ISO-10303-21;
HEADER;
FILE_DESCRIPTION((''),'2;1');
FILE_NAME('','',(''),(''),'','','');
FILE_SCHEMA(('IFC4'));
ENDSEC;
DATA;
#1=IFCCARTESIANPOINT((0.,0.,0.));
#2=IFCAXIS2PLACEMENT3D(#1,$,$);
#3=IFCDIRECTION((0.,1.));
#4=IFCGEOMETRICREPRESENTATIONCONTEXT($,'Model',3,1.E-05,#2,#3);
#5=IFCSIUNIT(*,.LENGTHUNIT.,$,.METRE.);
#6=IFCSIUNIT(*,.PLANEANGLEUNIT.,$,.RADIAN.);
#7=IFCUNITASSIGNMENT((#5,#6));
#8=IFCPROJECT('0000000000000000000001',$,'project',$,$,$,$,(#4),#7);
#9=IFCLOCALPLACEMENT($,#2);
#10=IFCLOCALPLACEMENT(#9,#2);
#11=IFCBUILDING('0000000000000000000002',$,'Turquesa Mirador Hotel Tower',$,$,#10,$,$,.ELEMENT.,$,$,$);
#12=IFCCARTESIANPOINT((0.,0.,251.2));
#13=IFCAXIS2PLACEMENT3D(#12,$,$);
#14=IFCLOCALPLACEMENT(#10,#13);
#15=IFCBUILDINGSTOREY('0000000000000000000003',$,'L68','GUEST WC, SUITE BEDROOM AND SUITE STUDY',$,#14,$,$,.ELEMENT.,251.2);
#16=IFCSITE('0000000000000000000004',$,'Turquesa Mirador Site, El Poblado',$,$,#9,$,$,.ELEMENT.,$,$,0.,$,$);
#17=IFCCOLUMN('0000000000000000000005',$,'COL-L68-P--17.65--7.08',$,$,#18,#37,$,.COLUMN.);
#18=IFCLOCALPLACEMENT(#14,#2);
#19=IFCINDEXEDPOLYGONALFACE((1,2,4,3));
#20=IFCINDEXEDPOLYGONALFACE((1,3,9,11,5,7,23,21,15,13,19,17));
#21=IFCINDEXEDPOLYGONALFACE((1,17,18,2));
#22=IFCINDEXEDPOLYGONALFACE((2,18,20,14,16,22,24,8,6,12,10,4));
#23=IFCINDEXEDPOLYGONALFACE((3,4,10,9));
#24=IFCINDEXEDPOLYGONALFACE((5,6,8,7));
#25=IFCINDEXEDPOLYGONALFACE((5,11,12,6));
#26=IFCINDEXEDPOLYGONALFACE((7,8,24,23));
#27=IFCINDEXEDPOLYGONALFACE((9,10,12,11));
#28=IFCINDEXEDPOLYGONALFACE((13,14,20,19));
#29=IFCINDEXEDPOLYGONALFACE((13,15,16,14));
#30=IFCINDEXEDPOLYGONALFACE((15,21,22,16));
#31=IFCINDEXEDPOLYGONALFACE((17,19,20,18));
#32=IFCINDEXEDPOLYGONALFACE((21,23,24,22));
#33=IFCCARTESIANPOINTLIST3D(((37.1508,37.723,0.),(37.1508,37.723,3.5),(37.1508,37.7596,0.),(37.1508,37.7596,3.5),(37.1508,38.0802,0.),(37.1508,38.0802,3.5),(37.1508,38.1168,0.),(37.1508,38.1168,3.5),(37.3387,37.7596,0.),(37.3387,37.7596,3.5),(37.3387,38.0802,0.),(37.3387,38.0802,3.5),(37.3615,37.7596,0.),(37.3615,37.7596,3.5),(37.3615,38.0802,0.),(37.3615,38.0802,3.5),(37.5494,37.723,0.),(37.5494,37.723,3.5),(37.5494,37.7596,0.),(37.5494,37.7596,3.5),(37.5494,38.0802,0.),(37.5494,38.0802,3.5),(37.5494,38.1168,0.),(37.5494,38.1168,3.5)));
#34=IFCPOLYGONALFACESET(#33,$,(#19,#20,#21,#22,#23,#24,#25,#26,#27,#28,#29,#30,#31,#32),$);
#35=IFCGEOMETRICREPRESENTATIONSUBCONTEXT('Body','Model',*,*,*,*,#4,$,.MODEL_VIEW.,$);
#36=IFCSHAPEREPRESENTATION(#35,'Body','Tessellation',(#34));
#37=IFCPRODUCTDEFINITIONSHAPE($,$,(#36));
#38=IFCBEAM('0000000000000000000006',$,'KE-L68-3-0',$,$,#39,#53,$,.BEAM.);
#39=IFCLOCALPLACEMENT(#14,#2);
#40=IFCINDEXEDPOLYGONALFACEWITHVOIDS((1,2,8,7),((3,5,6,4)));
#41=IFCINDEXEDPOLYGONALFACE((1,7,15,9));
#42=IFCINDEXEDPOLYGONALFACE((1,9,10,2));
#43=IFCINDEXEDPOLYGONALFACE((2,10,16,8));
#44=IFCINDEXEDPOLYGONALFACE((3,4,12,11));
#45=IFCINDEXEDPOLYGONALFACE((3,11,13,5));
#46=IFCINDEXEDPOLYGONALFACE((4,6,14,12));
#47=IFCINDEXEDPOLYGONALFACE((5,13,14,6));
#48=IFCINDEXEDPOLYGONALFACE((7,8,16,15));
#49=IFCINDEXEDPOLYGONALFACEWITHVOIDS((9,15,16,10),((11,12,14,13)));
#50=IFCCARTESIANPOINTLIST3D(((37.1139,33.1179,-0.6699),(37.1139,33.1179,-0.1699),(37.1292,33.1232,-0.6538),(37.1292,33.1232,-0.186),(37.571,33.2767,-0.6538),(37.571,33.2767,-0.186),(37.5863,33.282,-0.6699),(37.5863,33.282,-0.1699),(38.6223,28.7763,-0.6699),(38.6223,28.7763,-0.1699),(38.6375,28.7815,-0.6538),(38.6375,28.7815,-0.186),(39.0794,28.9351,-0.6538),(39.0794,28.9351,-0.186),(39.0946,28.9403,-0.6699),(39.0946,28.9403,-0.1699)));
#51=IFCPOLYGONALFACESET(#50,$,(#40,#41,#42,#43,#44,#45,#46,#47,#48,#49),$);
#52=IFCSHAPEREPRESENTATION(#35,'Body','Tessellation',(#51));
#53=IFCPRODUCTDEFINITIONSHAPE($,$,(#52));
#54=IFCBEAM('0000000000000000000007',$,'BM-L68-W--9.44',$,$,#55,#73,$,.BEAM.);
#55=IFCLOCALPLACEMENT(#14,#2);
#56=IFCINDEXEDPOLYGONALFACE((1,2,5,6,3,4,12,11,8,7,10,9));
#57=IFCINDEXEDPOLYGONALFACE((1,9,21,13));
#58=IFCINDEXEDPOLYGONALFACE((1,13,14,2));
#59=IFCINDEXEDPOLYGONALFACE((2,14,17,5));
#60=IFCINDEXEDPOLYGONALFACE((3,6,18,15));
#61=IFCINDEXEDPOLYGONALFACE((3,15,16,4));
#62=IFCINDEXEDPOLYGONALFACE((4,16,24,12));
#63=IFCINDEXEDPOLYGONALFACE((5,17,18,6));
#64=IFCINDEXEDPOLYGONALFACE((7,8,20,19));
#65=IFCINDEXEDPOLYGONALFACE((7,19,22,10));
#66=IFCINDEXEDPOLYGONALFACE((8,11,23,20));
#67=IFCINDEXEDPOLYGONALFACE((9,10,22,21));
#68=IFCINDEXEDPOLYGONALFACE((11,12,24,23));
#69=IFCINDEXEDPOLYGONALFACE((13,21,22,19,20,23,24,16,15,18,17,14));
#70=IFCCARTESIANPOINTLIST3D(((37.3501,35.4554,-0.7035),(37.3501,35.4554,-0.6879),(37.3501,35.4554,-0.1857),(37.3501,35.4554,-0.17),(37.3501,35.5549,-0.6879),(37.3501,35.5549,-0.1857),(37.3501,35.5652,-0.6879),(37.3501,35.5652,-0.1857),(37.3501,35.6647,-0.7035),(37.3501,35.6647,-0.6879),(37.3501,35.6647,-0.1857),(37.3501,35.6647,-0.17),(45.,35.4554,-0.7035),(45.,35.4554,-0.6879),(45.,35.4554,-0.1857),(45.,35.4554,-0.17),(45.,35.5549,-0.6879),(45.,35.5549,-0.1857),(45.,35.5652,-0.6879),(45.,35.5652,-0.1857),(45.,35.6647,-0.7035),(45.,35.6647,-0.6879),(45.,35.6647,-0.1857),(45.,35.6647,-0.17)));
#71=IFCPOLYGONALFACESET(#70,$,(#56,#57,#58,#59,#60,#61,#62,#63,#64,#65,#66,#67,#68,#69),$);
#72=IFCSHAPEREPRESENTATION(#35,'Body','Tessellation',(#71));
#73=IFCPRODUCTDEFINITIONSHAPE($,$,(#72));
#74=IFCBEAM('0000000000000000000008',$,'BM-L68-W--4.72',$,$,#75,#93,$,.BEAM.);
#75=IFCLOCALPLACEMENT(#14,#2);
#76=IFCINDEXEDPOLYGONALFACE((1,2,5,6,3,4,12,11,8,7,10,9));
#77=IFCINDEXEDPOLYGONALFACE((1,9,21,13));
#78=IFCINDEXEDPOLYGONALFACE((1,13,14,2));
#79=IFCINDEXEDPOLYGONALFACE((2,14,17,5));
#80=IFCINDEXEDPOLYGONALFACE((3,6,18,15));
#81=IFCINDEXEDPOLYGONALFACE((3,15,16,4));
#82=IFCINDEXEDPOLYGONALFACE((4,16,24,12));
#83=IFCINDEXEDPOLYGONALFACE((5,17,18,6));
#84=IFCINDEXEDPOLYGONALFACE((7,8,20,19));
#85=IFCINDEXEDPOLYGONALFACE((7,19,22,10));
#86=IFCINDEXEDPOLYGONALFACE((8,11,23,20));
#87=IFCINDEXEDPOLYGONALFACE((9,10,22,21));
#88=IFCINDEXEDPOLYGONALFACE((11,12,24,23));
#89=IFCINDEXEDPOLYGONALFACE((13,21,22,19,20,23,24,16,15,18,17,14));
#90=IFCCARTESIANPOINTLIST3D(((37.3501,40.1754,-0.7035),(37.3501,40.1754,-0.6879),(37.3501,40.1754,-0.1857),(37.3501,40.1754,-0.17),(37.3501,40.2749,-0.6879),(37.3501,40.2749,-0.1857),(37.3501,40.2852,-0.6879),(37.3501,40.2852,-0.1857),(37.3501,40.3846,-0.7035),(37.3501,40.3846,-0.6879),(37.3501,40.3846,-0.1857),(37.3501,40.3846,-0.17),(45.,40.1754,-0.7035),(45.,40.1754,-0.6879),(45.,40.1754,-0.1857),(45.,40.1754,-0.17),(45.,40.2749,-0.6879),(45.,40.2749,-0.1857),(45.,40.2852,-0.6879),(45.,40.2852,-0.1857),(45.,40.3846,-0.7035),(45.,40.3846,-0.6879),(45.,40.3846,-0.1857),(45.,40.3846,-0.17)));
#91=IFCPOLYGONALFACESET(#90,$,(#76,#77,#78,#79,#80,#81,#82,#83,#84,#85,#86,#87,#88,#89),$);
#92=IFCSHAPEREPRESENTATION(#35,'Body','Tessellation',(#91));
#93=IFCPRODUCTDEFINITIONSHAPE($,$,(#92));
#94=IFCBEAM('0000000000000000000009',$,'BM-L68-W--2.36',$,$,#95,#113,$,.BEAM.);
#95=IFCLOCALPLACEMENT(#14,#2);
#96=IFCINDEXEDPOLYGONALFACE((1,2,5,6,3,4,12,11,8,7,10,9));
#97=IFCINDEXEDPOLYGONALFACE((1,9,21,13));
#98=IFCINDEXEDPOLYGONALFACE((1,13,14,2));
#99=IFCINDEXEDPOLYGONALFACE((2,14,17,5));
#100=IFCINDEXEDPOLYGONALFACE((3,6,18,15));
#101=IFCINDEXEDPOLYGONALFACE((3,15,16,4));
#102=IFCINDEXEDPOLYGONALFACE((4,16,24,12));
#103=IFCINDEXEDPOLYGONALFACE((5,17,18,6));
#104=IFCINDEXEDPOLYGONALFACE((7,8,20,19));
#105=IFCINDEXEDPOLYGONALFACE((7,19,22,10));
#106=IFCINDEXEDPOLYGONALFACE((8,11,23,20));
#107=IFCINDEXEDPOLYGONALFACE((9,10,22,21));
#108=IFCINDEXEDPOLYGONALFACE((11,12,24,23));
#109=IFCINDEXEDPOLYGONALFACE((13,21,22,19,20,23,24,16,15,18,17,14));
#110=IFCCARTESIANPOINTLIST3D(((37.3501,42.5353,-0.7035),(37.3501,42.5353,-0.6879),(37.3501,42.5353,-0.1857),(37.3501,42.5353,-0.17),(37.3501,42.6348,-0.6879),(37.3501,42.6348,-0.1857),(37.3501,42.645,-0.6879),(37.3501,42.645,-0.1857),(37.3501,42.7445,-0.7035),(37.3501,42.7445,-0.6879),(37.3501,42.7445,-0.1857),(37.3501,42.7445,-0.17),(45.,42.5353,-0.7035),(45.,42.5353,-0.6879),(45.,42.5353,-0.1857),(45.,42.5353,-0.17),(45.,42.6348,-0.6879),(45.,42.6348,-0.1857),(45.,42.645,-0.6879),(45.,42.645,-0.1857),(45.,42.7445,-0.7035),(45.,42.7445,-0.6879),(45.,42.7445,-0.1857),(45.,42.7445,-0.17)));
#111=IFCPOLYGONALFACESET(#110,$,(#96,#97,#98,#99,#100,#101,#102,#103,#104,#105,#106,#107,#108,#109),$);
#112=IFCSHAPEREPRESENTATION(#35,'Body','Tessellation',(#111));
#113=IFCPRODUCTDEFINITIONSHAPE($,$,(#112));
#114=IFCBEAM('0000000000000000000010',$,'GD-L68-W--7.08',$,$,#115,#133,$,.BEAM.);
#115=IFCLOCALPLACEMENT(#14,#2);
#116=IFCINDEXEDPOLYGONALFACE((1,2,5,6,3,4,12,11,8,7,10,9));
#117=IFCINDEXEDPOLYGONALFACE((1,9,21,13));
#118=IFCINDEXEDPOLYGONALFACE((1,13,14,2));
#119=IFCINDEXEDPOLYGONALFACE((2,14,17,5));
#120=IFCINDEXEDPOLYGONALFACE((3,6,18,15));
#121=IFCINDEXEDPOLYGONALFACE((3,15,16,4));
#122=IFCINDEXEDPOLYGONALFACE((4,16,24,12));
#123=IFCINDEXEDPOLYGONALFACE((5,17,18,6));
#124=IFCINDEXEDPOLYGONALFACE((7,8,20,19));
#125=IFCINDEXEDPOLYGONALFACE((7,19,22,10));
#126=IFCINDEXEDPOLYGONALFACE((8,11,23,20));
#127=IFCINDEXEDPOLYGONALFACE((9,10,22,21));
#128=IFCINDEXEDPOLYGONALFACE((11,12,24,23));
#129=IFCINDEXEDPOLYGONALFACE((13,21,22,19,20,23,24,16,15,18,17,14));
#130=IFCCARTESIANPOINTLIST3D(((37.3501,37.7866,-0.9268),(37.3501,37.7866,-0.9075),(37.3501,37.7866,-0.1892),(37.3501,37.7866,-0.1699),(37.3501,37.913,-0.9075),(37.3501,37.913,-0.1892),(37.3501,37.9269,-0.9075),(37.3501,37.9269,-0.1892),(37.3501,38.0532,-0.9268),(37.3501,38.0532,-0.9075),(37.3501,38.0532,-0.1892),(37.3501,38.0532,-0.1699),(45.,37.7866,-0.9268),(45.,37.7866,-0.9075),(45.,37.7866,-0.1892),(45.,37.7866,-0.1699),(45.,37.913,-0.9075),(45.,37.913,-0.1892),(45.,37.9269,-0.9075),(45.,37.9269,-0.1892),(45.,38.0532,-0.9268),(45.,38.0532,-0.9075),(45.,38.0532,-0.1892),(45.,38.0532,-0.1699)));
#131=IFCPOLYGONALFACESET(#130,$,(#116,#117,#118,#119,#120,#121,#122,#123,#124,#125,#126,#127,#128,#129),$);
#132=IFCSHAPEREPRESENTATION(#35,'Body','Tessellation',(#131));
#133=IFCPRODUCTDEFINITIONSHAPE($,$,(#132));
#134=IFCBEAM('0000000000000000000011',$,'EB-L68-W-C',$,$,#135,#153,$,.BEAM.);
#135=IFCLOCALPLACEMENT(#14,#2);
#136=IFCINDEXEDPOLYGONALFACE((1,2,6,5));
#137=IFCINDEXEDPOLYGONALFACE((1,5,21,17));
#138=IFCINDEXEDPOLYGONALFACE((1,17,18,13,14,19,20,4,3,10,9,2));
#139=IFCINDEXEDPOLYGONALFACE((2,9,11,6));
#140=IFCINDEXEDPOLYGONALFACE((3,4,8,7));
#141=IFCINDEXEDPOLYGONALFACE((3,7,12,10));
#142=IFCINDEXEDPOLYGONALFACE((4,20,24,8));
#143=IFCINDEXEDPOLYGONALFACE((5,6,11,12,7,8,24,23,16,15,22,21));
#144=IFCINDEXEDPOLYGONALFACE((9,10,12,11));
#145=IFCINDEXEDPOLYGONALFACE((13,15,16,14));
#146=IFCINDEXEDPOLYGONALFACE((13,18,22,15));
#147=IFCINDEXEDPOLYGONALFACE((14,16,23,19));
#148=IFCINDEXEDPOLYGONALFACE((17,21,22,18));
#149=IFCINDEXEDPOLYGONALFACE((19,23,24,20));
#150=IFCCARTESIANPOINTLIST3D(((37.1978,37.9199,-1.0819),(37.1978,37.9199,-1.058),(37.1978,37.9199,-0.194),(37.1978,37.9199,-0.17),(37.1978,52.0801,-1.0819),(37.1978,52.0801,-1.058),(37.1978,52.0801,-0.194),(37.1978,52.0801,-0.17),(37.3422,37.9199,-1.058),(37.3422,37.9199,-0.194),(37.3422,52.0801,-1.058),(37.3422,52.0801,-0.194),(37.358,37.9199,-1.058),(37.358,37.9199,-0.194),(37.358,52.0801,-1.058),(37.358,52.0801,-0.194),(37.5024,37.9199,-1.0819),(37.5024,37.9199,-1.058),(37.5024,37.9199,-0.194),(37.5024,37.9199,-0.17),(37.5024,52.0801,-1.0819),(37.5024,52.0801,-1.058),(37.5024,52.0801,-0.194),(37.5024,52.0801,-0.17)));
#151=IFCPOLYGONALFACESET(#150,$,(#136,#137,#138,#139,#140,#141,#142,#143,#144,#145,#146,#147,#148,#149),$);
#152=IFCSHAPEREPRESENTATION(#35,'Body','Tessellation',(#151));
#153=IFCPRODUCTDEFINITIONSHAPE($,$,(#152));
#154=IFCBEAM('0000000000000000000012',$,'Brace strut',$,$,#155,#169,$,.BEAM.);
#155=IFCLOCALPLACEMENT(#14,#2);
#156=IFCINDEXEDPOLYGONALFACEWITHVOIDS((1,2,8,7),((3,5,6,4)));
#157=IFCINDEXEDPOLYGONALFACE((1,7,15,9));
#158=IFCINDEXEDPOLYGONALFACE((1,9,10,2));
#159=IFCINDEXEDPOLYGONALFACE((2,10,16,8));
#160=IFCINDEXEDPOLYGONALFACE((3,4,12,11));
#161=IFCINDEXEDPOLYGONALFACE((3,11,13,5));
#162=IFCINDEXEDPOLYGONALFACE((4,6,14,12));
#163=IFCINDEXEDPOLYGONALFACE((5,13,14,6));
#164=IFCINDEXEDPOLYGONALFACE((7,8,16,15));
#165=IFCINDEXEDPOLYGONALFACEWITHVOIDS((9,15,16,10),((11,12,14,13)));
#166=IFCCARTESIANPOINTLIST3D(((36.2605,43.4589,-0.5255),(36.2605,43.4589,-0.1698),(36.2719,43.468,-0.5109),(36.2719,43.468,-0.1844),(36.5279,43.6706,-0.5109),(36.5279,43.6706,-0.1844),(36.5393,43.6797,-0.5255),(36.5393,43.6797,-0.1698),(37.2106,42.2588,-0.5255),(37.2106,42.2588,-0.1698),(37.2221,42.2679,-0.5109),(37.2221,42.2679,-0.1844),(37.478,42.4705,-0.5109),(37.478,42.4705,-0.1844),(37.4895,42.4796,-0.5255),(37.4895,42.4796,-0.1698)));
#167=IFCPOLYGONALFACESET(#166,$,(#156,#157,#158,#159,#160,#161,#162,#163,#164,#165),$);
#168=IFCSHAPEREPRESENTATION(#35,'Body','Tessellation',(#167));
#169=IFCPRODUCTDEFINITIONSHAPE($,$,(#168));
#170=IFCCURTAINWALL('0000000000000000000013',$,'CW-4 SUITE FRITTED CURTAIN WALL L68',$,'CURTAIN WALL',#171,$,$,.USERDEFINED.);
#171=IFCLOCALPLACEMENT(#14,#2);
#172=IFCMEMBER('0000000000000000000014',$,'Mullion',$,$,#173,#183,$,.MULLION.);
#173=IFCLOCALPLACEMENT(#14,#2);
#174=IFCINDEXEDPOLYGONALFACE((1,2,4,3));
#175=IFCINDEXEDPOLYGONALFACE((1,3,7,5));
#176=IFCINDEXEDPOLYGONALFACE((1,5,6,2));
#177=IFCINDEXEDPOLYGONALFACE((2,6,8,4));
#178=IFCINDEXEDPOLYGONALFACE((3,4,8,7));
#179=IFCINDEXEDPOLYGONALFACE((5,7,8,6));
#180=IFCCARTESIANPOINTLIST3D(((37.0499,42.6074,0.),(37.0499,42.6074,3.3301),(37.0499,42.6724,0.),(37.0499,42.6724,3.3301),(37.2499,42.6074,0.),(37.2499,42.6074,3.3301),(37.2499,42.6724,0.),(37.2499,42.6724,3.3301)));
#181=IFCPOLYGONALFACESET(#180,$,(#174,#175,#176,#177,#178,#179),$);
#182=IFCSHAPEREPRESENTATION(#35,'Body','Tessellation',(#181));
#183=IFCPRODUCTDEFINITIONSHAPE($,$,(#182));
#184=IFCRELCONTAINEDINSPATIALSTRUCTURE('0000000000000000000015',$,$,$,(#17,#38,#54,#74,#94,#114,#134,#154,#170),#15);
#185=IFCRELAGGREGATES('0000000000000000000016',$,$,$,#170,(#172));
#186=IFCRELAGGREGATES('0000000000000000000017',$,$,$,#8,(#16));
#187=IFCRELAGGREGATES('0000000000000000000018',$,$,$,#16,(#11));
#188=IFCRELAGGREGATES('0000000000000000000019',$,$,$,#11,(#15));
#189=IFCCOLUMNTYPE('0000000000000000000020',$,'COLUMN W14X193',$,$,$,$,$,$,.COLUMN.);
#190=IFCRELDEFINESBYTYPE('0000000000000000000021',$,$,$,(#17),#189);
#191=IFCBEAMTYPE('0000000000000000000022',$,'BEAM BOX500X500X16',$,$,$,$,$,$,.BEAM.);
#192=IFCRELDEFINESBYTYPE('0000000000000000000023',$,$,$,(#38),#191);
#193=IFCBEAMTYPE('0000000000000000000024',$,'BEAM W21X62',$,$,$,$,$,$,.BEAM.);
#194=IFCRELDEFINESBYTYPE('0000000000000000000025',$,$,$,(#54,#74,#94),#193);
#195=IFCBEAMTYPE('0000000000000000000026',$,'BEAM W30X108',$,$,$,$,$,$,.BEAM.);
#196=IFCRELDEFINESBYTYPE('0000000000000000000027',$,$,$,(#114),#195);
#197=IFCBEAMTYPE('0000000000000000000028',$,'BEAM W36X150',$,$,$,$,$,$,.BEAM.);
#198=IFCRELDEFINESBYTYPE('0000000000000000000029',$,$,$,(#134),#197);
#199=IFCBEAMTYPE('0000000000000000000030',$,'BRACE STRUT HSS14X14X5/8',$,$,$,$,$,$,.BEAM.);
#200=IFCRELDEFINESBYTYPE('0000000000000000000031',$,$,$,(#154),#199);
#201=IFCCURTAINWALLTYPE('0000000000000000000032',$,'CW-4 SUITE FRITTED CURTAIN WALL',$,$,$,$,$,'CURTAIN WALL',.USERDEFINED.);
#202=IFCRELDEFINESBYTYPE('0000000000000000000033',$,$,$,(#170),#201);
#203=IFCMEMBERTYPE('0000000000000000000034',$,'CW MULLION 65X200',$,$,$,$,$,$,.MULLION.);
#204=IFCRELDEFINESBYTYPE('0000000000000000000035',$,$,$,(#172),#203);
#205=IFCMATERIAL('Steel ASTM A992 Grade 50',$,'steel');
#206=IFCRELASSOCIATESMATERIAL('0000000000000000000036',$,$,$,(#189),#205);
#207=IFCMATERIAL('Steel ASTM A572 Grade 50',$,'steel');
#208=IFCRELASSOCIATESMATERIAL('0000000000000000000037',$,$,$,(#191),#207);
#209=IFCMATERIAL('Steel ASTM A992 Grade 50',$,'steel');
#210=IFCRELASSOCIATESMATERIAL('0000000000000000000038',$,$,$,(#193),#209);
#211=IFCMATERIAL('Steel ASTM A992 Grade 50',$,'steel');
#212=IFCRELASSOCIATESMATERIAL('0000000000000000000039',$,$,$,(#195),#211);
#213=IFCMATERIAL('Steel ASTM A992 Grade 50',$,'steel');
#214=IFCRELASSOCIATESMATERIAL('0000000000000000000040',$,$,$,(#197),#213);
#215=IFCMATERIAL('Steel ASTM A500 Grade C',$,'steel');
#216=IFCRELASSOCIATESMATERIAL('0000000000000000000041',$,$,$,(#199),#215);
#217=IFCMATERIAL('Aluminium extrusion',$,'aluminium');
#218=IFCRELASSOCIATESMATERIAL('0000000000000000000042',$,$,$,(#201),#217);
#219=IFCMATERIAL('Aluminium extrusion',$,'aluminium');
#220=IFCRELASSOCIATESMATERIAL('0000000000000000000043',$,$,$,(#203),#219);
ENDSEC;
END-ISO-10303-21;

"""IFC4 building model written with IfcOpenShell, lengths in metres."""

from ifc_helpers import new_model, si_unit, direction, frame, origin, origin_2d, place, context, subcontext, project, spatial, rectangle, hollow_rectangle, i_section, extrude, material, material_profile, profile_set, type_object, element, aggregate, save


model = new_model("IFC4")

# Units and contexts
model_context = context("Model", 3, precision=1e-05, world=origin(), true_north=direction((0.0, 1.0)))
body_context = subcontext(model_context, "Body", "Model", "MODEL_VIEW")
ifc_project = project(units=[si_unit("LENGTHUNIT", "METRE"), si_unit("PLANEANGLEUNIT", "RADIAN")], contexts=[model_context])

# Site, building, storey
site_placement = place(None, origin())
site = spatial("IfcSite", under=ifc_project, at=site_placement, Name="Turquesa Mirador Site, El Poblado", CompositionType="ELEMENT", RefElevation=0.0)
building_placement = place(site_placement, origin())
building = spatial("IfcBuilding", under=site, at=building_placement, Name="Turquesa Mirador Hotel Tower", CompositionType="ELEMENT")
storey_placement = place(building_placement, frame((0.0, 0.0, 251.2)))
storey = spatial("IfcBuildingStorey", under=building, at=storey_placement, Name="L68", Description="GUEST WC, SUITE BEDROOM AND SUITE STUDY", CompositionType="ELEMENT", Elevation=251.2)

# Column
ifc_material_1 = material(Name="Steel ASTM A992 Grade 50", Category="steel")
ifc_material_profile_1 = material_profile(ifc_material_1, i_section(OverallWidth=0.3987, OverallDepth=0.3938, WebThickness=0.0227, FlangeThickness=0.0366, at=origin_2d()), Name="W14X193")
ifc_profile_set_1 = profile_set([ifc_material_profile_1], Name="Steel ASTM A992 Grade 50")
column_type = type_object("IfcColumnType", Name="COLUMN W14X193", PredefinedType="COLUMN", material=ifc_profile_set_1)
column_placement = place(storey_placement, frame((37.3501, 37.9199, 0.0), z_axis=(0.0, 0.0, 1.0), x_axis=(1.0, 0.0, 0.0)))
element("IfcColumn", 1, at=column_placement, inside=storey, type_object=column_type, Name="COL-L68-P--17.65--7.08", PredefinedType="COLUMN", context=body_context, shape_type="SweptSolid", body=[
    extrude(i_section(OverallWidth=0.3987, OverallDepth=0.3938, WebThickness=0.0227, FlangeThickness=0.0366, at=origin_2d()), origin(), (0.0, 0.0, 1.0), 3.5),
])

# Beams
ifc_material_2 = material(Name="Steel ASTM A572 Grade 50", Category="steel")
ifc_material_profile_2 = material_profile(ifc_material_2, hollow_rectangle(XDim=0.5, YDim=0.5, WallThickness=0.0161, at=origin_2d()), Name="BOX500X500X16")
ifc_profile_set_2 = profile_set([ifc_material_profile_2], Name="Steel ASTM A572 Grade 50")
beam_type_1 = type_object("IfcBeamType", Name="BEAM BOX500X500X16", PredefinedType="BEAM", material=ifc_profile_set_2)
beam_1_placement = place(storey_placement, frame((37.3501, 33.2, -0.4199), z_axis=(0.32817, -0.944619, 0.0), x_axis=(0.944619, 0.32817, 0.0)))
element("IfcBeam", 2, at=beam_1_placement, inside=storey, type_object=beam_type_1, Name="KE-L68-3-0", PredefinedType="BEAM", context=body_context, shape_type="SweptSolid", body=[
    extrude(hollow_rectangle(XDim=0.5, YDim=0.5, WallThickness=0.0161, at=origin_2d()), origin(), (0.0, 0.0, 1.0), 4.5962),
])
ifc_material_3 = material(Name="Steel ASTM A992 Grade 50", Category="steel")
ifc_material_profile_3 = material_profile(ifc_material_3, i_section(OverallWidth=0.2092, OverallDepth=0.5334, WebThickness=0.0103, FlangeThickness=0.0156, at=origin_2d()), Name="W21X62")
ifc_profile_set_3 = profile_set([ifc_material_profile_3], Name="Steel ASTM A992 Grade 50")
beam_type_2 = type_object("IfcBeamType", Name="BEAM W21X62", PredefinedType="BEAM", material=ifc_profile_set_3)
for number, where, z_axis, x_axis, name in (
    (3, (37.3501, 35.5601, -0.4368), (1.0, 0.0, 0.0), (0.0, 1.0, 0.0), "BM-L68-W--9.44"),
    (4, (37.3501, 40.28, -0.4368), (1.0, 0.0, 0.0), (0.0, 1.0, 0.0), "BM-L68-W--4.72"),
    (5, (37.3501, 42.6399, -0.4368), (1.0, 0.0, 0.0), (0.0, 1.0, 0.0), "BM-L68-W--2.36"),
):
    element("IfcBeam", number, at=place(storey_placement, frame(where, z_axis=z_axis, x_axis=x_axis)), inside=storey, type_object=beam_type_2, Name=name, PredefinedType="BEAM", context=body_context, shape_type="SweptSolid", body=[
        extrude(i_section(OverallWidth=0.2092, OverallDepth=0.5334, WebThickness=0.0103, FlangeThickness=0.0156, at=origin_2d()), origin(), (0.0, 0.0, 1.0), 7.6499),
    ])
ifc_material_4 = material(Name="Steel ASTM A992 Grade 50", Category="steel")
ifc_material_profile_4 = material_profile(ifc_material_4, i_section(OverallWidth=0.2666, OverallDepth=0.7568, WebThickness=0.0139, FlangeThickness=0.0193, at=origin_2d()), Name="W30X108")
ifc_profile_set_4 = profile_set([ifc_material_profile_4], Name="Steel ASTM A992 Grade 50")
beam_type_3 = type_object("IfcBeamType", Name="BEAM W30X108", PredefinedType="BEAM", material=ifc_profile_set_4)
beam_2_placement = place(storey_placement, frame((37.3501, 37.9199, -0.5483), z_axis=(1.0, 0.0, 0.0), x_axis=(0.0, 1.0, 0.0)))
element("IfcBeam", 6, at=beam_2_placement, inside=storey, type_object=beam_type_3, Name="GD-L68-W--7.08", PredefinedType="BEAM", context=body_context, shape_type="SweptSolid", body=[
    extrude(i_section(OverallWidth=0.2666, OverallDepth=0.7568, WebThickness=0.0139, FlangeThickness=0.0193, at=origin_2d()), origin(), (0.0, 0.0, 1.0), 7.6499),
])
ifc_material_5 = material(Name="Steel ASTM A992 Grade 50", Category="steel")
ifc_material_profile_5 = material_profile(ifc_material_5, i_section(OverallWidth=0.3047, OverallDepth=0.9119, WebThickness=0.0159, FlangeThickness=0.0239, at=origin_2d()), Name="W36X150")
ifc_profile_set_5 = profile_set([ifc_material_profile_5], Name="Steel ASTM A992 Grade 50")
beam_type_4 = type_object("IfcBeamType", Name="BEAM W36X150", PredefinedType="BEAM", material=ifc_profile_set_5)
beam_3_placement = place(storey_placement, frame((37.3501, 37.9199, -0.626), z_axis=(0.0, 1.0, 0.0), x_axis=(-1.0, 0.0, 0.0)))
element("IfcBeam", 7, at=beam_3_placement, inside=storey, type_object=beam_type_4, Name="EB-L68-W-C", PredefinedType="BEAM", context=body_context, shape_type="SweptSolid", body=[
    extrude(i_section(OverallWidth=0.3047, OverallDepth=0.9119, WebThickness=0.0159, FlangeThickness=0.0239, at=origin_2d()), origin(), (0.0, 0.0, 1.0), 14.1602),
])
ifc_material_6 = material(Name="Steel ASTM A500 Grade C", Category="steel")
ifc_material_profile_6 = material_profile(ifc_material_6, hollow_rectangle(XDim=0.3557, YDim=0.3557, WallThickness=0.0146, at=origin_2d()), Name="HSS14X14X5/8")
ifc_profile_set_6 = profile_set([ifc_material_profile_6], Name="Steel ASTM A500 Grade C")
beam_type_5 = type_object("IfcBeamType", Name="BRACE STRUT HSS14X14X5/8", PredefinedType="BEAM", material=ifc_profile_set_6)
beam_4_placement = place(storey_placement, frame((36.3999, 43.5693, -0.3477), z_axis=(0.620719, -0.784033, 0.0), x_axis=(0.784033, 0.620719, 0.0)))
element("IfcBeam", 8, at=beam_4_placement, inside=storey, type_object=beam_type_5, Name="Brace strut", PredefinedType="BEAM", context=body_context, shape_type="SweptSolid", body=[
    extrude(hollow_rectangle(XDim=0.3557, YDim=0.3557, WallThickness=0.0146, at=origin_2d()), origin(), (0.0, 0.0, 1.0), 1.5308),
])

# Curtain wall, member
ifc_material_7 = material(Name="Aluminium extrusion", Category="aluminium")
curtain_wall_type = type_object("IfcCurtainWallType", Name="CW-4 SUITE FRITTED CURTAIN WALL", ElementType="CURTAIN WALL", PredefinedType="USERDEFINED", material=ifc_material_7)
curtain_wall_1_placement = place(storey_placement, origin())
curtain_wall_1 = element("IfcCurtainWall", 9, at=curtain_wall_1_placement, inside=storey, type_object=curtain_wall_type, Name="CW-4 SUITE FRITTED CURTAIN WALL L68", ObjectType="CURTAIN WALL", PredefinedType="USERDEFINED")
ifc_material_8 = material(Name="Aluminium extrusion", Category="aluminium")
ifc_material_profile_7 = material_profile(ifc_material_8, rectangle(XDim=0.0649, YDim=0.2, at=origin_2d()), Name="MULLION 65X200")
ifc_profile_set_7 = profile_set([ifc_material_profile_7], Name="Aluminium extrusion")
member_type_1 = type_object("IfcMemberType", Name="CW MULLION 65X200", PredefinedType="MULLION", material=ifc_profile_set_7)
member_1_placement = place(storey_placement, frame((37.1499, 42.6399, 0.0), z_axis=(0.0, 0.0, 1.0), x_axis=(0.0, -1.0, 0.0)))
member_1 = element("IfcMember", 10, at=member_1_placement, type_object=member_type_1, Name="Mullion", PredefinedType="MULLION", context=body_context, shape_type="SweptSolid", body=[
    extrude(rectangle(XDim=0.0649, YDim=0.2, at=origin_2d()), origin(), (0.0, 0.0, 1.0), 3.3301),
])

aggregate(curtain_wall_1, [member_1])

save(model, "model.ifc")
